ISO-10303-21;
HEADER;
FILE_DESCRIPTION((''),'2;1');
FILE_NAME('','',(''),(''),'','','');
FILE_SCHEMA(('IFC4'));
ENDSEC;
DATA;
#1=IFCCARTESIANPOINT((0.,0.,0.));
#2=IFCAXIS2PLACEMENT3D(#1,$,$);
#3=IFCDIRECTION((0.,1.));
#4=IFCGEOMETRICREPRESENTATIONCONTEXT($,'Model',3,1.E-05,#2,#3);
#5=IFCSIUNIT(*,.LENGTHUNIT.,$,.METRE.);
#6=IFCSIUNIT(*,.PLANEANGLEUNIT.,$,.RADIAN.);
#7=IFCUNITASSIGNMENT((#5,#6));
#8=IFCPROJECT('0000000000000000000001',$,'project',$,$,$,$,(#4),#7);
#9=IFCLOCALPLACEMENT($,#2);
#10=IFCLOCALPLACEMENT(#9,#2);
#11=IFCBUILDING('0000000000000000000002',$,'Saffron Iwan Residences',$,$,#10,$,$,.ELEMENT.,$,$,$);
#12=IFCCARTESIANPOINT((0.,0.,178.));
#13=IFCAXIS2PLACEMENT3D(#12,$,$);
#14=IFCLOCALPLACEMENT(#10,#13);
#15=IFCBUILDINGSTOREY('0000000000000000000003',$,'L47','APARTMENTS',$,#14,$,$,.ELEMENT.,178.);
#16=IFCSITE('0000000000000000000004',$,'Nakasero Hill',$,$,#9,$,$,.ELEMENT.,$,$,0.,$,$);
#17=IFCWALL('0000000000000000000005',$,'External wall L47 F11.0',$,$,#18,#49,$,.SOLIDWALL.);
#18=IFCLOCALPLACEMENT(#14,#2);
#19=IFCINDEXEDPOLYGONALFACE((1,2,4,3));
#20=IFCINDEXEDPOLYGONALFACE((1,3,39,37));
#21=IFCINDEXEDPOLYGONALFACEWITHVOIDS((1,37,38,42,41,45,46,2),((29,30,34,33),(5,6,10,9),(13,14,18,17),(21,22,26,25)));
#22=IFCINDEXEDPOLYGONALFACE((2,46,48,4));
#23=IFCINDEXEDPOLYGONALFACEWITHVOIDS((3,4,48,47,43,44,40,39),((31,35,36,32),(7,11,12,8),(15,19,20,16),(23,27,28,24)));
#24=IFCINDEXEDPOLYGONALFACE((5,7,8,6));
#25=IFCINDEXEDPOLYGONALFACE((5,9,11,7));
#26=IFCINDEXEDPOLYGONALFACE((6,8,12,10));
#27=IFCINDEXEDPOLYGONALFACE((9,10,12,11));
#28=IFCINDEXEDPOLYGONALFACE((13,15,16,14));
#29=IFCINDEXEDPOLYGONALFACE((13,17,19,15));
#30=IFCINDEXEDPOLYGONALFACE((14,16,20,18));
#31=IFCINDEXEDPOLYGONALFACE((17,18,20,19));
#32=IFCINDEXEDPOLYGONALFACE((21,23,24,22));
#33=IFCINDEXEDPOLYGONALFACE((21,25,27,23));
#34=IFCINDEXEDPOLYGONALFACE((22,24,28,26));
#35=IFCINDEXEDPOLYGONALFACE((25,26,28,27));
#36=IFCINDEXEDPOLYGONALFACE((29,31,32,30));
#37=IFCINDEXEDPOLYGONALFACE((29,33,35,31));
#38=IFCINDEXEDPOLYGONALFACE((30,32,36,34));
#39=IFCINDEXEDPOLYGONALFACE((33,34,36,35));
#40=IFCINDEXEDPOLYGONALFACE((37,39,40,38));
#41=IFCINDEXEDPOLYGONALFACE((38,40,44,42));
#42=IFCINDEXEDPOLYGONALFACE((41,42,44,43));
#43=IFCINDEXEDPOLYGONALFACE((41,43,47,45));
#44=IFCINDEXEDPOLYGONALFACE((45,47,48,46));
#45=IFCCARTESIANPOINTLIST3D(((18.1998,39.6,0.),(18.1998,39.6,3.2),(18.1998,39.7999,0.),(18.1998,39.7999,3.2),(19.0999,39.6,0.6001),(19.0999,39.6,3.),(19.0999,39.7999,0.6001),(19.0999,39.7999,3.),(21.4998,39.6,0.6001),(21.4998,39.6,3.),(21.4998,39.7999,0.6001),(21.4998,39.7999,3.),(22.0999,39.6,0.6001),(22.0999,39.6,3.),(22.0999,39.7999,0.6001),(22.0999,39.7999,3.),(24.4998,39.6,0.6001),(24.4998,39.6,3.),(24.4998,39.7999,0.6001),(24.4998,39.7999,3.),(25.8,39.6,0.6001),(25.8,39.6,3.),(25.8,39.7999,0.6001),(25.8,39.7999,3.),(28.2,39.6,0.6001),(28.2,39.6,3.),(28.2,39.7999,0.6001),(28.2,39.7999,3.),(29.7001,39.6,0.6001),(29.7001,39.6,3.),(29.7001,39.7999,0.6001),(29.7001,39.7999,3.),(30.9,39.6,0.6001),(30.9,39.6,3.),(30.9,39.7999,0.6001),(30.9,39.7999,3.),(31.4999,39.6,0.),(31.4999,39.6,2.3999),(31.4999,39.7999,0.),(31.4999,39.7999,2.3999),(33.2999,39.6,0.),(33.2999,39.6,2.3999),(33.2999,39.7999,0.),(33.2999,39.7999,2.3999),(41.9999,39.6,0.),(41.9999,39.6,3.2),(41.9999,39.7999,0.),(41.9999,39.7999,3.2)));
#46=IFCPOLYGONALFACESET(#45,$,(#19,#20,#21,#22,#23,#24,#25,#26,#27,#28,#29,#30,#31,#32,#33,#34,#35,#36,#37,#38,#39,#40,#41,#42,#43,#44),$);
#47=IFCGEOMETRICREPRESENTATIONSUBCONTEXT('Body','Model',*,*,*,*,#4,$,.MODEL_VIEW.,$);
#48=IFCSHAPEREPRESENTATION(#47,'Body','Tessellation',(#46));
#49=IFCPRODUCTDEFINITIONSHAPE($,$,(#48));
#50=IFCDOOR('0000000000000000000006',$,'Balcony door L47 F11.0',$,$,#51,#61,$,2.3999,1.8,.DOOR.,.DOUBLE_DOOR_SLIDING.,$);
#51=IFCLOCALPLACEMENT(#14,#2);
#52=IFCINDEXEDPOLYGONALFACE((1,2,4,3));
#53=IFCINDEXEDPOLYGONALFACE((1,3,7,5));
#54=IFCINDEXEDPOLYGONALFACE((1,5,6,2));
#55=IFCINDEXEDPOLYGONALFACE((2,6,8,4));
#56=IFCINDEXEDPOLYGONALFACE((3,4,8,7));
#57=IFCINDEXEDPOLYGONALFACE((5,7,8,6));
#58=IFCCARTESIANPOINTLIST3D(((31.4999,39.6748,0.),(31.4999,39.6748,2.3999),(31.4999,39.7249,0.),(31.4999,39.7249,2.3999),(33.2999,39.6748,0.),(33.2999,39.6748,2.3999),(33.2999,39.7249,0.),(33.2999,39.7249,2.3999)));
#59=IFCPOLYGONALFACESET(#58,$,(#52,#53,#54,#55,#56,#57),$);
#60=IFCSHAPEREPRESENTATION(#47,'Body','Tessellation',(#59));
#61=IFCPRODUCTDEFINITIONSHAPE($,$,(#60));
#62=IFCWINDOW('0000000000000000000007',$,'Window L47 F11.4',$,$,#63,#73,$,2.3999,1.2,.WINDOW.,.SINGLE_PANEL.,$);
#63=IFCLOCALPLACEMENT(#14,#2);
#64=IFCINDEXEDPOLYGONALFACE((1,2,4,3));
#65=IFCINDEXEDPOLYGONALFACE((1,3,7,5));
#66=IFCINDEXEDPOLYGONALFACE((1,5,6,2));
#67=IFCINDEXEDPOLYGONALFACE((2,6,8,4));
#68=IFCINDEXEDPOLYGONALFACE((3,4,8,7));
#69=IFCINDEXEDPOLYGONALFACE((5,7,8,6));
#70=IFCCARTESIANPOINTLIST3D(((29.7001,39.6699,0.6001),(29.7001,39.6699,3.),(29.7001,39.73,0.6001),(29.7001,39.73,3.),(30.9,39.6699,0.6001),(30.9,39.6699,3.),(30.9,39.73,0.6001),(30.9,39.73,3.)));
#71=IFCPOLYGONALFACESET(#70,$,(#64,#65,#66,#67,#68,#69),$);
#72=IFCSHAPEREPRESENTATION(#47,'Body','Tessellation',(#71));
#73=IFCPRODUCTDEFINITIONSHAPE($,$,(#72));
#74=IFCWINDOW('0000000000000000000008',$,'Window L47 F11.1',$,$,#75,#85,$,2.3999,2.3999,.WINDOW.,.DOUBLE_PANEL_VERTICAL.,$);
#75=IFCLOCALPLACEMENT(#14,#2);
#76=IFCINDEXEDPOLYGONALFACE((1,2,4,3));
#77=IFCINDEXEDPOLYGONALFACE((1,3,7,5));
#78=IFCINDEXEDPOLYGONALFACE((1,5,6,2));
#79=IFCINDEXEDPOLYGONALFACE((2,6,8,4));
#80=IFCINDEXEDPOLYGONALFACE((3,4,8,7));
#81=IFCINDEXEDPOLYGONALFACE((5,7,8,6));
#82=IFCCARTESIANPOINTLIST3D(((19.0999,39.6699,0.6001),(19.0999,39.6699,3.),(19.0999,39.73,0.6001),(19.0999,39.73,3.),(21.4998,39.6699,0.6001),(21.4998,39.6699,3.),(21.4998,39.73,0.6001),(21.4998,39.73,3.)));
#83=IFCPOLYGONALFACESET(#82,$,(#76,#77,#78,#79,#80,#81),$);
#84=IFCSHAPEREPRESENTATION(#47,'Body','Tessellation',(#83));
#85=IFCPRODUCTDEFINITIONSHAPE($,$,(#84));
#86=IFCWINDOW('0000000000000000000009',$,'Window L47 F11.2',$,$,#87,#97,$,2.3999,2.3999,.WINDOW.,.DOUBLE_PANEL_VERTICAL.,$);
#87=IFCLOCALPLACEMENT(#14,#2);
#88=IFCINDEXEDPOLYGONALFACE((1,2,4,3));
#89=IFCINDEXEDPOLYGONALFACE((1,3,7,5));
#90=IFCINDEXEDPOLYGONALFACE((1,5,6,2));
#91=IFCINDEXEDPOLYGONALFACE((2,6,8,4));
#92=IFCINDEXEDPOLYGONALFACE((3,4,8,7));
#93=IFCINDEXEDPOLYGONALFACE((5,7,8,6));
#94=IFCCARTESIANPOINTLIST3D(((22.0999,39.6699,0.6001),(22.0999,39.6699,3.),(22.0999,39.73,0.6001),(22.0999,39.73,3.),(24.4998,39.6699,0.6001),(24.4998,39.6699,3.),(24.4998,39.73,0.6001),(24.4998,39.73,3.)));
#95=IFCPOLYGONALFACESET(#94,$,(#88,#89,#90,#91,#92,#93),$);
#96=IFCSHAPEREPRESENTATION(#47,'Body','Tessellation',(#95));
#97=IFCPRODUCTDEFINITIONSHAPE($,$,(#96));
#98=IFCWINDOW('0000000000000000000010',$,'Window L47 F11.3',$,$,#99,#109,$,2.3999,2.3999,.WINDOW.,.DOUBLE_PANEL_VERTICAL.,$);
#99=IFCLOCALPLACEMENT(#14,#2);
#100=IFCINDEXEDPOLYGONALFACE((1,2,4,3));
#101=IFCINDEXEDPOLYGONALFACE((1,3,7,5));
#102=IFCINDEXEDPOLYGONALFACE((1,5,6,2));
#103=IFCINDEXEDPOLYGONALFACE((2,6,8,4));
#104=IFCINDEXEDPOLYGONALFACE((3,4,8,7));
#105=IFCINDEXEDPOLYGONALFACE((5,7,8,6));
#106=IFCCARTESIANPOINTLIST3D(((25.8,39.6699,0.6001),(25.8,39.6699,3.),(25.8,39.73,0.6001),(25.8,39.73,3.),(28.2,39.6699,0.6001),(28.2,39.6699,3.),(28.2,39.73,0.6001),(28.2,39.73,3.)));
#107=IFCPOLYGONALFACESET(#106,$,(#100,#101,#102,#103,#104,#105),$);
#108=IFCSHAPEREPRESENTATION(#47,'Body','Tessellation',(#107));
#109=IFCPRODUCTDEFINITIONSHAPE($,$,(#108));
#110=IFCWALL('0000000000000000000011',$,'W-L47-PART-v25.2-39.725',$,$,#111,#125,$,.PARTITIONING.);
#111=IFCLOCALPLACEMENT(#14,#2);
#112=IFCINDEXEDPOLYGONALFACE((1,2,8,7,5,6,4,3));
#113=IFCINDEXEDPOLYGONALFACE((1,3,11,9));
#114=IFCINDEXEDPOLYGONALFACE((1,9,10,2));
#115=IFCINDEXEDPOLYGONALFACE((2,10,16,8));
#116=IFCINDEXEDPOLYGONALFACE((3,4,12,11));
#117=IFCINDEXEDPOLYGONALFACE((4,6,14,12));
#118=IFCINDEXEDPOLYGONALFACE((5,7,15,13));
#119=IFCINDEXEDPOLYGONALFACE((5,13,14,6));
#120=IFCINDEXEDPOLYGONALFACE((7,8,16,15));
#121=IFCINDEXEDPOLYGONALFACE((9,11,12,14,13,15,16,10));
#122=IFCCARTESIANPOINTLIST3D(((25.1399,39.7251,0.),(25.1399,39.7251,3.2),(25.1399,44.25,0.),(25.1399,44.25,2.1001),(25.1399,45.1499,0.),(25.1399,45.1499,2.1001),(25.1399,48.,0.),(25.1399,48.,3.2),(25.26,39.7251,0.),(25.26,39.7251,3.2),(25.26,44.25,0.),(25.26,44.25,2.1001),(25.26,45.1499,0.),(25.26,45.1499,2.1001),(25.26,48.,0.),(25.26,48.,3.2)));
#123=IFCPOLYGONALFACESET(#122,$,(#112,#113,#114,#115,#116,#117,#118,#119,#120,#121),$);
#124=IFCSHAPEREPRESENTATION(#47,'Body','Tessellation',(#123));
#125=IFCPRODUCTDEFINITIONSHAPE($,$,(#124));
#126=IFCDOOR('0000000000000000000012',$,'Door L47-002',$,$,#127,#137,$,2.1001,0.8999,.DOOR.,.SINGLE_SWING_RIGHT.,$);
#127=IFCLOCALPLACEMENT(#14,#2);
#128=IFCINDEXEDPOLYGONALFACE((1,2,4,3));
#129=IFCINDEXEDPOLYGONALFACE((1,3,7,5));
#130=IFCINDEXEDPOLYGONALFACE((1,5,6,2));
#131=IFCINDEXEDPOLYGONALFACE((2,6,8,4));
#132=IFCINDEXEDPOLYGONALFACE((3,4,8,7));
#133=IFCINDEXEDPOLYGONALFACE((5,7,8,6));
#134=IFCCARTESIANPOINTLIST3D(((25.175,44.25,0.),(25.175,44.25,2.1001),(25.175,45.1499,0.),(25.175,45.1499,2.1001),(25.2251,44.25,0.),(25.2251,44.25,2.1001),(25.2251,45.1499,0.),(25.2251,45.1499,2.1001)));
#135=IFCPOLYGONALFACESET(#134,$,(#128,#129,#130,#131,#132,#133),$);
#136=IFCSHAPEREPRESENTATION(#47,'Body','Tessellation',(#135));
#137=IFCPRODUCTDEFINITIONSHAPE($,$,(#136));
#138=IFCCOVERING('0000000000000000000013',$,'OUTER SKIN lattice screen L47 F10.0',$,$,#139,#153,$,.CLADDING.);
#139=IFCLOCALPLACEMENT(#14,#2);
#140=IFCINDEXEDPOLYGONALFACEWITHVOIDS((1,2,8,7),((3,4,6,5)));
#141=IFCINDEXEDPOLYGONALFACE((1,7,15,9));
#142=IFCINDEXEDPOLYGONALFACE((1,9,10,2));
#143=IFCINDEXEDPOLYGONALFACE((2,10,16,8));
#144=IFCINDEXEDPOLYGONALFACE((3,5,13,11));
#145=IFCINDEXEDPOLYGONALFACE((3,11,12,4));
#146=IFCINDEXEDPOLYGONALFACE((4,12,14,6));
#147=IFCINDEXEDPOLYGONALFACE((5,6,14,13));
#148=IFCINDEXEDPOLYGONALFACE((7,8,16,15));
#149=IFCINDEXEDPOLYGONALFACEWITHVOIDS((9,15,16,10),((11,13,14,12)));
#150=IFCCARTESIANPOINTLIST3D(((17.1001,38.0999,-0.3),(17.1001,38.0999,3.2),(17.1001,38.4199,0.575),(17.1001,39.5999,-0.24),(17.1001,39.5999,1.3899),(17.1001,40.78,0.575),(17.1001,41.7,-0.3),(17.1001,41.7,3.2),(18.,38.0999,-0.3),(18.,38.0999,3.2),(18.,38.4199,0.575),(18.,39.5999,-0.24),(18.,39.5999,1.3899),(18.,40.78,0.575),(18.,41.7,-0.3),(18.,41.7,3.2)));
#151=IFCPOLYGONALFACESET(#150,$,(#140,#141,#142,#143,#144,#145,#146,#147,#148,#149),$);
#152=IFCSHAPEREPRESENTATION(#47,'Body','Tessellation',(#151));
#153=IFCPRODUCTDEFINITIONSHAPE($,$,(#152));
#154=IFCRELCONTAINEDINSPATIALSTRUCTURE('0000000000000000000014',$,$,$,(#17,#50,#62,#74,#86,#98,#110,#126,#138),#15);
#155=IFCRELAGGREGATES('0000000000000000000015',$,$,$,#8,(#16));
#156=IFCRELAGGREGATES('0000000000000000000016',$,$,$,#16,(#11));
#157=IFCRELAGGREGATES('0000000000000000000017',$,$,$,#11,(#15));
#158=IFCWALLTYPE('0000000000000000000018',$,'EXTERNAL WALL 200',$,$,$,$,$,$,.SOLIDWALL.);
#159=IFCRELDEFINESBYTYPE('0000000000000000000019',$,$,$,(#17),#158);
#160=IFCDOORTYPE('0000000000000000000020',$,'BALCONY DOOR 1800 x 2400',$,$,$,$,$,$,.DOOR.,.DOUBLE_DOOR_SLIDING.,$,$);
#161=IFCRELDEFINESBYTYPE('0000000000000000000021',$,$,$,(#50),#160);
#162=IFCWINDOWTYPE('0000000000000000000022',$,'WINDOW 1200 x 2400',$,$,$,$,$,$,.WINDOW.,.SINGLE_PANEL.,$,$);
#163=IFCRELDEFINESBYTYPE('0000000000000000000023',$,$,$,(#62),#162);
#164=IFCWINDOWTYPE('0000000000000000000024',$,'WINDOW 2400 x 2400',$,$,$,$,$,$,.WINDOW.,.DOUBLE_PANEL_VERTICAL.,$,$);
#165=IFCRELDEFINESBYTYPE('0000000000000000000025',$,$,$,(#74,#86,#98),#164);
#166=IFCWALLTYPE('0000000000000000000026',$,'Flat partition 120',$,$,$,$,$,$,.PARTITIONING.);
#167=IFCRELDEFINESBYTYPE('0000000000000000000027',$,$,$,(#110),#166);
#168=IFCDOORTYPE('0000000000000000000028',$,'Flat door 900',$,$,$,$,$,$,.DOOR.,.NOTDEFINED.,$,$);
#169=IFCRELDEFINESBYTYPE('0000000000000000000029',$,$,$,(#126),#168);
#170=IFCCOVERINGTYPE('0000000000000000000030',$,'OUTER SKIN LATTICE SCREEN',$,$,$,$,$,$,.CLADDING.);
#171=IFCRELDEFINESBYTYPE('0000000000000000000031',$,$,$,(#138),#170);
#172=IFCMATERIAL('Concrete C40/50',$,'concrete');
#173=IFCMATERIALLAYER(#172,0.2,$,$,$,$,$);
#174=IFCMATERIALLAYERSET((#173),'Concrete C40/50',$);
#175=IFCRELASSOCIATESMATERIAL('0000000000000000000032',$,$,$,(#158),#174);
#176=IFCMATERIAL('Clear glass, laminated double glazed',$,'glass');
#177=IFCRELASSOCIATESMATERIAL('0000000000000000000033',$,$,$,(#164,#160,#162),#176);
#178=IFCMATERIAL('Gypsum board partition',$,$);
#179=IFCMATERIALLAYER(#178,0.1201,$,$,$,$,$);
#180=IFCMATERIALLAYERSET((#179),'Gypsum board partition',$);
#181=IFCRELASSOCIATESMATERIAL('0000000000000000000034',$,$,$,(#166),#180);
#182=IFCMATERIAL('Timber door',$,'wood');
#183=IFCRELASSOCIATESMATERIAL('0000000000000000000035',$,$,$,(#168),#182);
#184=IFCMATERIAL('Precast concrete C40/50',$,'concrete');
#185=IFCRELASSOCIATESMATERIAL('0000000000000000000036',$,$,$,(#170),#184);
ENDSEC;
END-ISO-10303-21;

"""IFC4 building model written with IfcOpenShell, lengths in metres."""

from ifc_helpers import new_model, si_unit, direction, frame, frame_2d, origin, place, context, subcontext, project, spatial, polyline, rectangle, outline, extrude, material, layer, layer_set, type_object, element, fill, save


model = new_model("IFC4")

# Units and contexts
model_context = context("Model", 3, precision=1e-05, world=origin(), true_north=direction((0.0, 1.0)))
body_context = subcontext(model_context, "Body", "Model", "MODEL_VIEW")
ifc_project = project(units=[si_unit("LENGTHUNIT", "METRE"), si_unit("PLANEANGLEUNIT", "RADIAN")], contexts=[model_context])

# Site, building, storey
site_placement = place(None, origin())
site = spatial("IfcSite", under=ifc_project, at=site_placement, Name="Nakasero Hill", CompositionType="ELEMENT", RefElevation=0.0)
building_placement = place(site_placement, origin())
building = spatial("IfcBuilding", under=site, at=building_placement, Name="Saffron Iwan Residences", CompositionType="ELEMENT")
storey_placement = place(building_placement, frame((0.0, 0.0, 178.0)))
storey = spatial("IfcBuildingStorey", under=building, at=storey_placement, Name="L47", Description="APARTMENTS", CompositionType="ELEMENT", Elevation=178.0)

# Shared definitions
ifc_material_1 = material(Name="Concrete C40/50", Category="concrete")
ifc_layer_1 = layer(ifc_material_1, 0.2)
ifc_layer_set_1 = layer_set([ifc_layer_1], Name="Concrete C40/50")
wall_type_1 = type_object("IfcWallType", Name="EXTERNAL WALL 200", PredefinedType="SOLIDWALL", material=ifc_layer_set_1)
ifc_material_2 = material(Name="Clear glass, laminated double glazed", Category="glass")
window_type_1 = type_object("IfcWindowType", Name="WINDOW 2400 x 2400", PartitioningType="DOUBLE_PANEL_VERTICAL", PredefinedType="WINDOW", material=ifc_material_2)

# Wall, openings, door, windows
wall_1_placement = place(storey_placement, frame((18.2, 39.7, 0.0), z_axis=(0.0, 0.0, 1.0), x_axis=(1.0, 0.0, 0.0)))
wall_1 = element("IfcWall", 1, at=wall_1_placement, inside=storey, type_object=wall_type_1, Name="External wall L47 F11.0", PredefinedType="SOLIDWALL", context=body_context, shape_type="SweptSolid", body=[
    extrude(rectangle(XDim=23.8, YDim=0.2, at=frame_2d((11.8999, 0.0))), origin(), (0.0, 0.0, 1.0), 3.2),
])
opening_1_placement = place(wall_1_placement, frame((13.3, 0.0, 0.0)))
opening_1 = element("IfcOpeningElement", 2, at=opening_1_placement, cuts=wall_1, PredefinedType="OPENING", context=body_context, shape_type="SweptSolid", body=[
    extrude(rectangle(XDim=1.8, YDim=2.3999, at=frame_2d((0.8999, 1.2))), frame((0.0, 0.1099, 0.0), z_axis=(0.0, -1.0, 0.0), x_axis=(1.0, 0.0, 0.0)), (0.0, 0.0, 1.0), 0.22),
])
opening_2_placement = place(wall_1_placement, frame((0.8999, 0.0, 0.6001)))
opening_2 = element("IfcOpeningElement", 3, at=opening_2_placement, cuts=wall_1, PredefinedType="OPENING", context=body_context, shape_type="SweptSolid", body=[
    extrude(rectangle(XDim=2.3999, YDim=2.3999, at=frame_2d((1.2, 1.2))), frame((0.0, 0.1099, 0.0), z_axis=(0.0, -1.0, 0.0), x_axis=(1.0, 0.0, 0.0)), (0.0, 0.0, 1.0), 0.22),
])
opening_3_placement = place(wall_1_placement, frame((3.8999, 0.0, 0.6001)))
opening_3 = element("IfcOpeningElement", 4, at=opening_3_placement, cuts=wall_1, PredefinedType="OPENING", context=body_context, shape_type="SweptSolid", body=[
    extrude(rectangle(XDim=2.3999, YDim=2.3999, at=frame_2d((1.2, 1.2))), frame((0.0, 0.1099, 0.0), z_axis=(0.0, -1.0, 0.0), x_axis=(1.0, 0.0, 0.0)), (0.0, 0.0, 1.0), 0.22),
])
opening_4_placement = place(wall_1_placement, frame((7.6001, 0.0, 0.6001)))
opening_4 = element("IfcOpeningElement", 5, at=opening_4_placement, cuts=wall_1, PredefinedType="OPENING", context=body_context, shape_type="SweptSolid", body=[
    extrude(rectangle(XDim=2.3999, YDim=2.3999, at=frame_2d((1.2, 1.2))), frame((0.0, 0.1099, 0.0), z_axis=(0.0, -1.0, 0.0), x_axis=(1.0, 0.0, 0.0)), (0.0, 0.0, 1.0), 0.22),
])
opening_5_placement = place(wall_1_placement, frame((11.5, 0.0, 0.6001)))
opening_5 = element("IfcOpeningElement", 6, at=opening_5_placement, cuts=wall_1, PredefinedType="OPENING", context=body_context, shape_type="SweptSolid", body=[
    extrude(rectangle(XDim=1.2, YDim=2.3999, at=frame_2d((0.6001, 1.2))), frame((0.0, 0.1099, 0.0), z_axis=(0.0, -1.0, 0.0), x_axis=(1.0, 0.0, 0.0)), (0.0, 0.0, 1.0), 0.22),
])
door_type_1 = type_object("IfcDoorType", Name="BALCONY DOOR 1800 x 2400", OperationType="DOUBLE_DOOR_SLIDING", PredefinedType="DOOR", material=ifc_material_2)
door_1_placement = place(opening_1_placement, origin())
door_1 = element("IfcDoor", 7, at=door_1_placement, inside=storey, type_object=door_type_1, Name="Balcony door L47 F11.0", OperationType="DOUBLE_DOOR_SLIDING", OverallHeight=2.3999, OverallWidth=1.8, PredefinedType="DOOR", context=body_context, shape_type="SweptSolid", body=[
    extrude(rectangle(XDim=1.8, YDim=2.3999, at=frame_2d((0.8999, 1.2))), frame((0.0, 0.0249, 0.0), z_axis=(0.0, -1.0, 0.0), x_axis=(1.0, 0.0, 0.0)), (0.0, 0.0, 1.0), 0.05),
])
fill(opening_1, door_1)
window_type_2 = type_object("IfcWindowType", Name="WINDOW 1200 x 2400", PartitioningType="SINGLE_PANEL", PredefinedType="WINDOW", material=ifc_material_2)
window_1_placement = place(opening_5_placement, origin())
window_1 = element("IfcWindow", 8, at=window_1_placement, inside=storey, type_object=window_type_2, Name="Window L47 F11.4", OverallHeight=2.3999, OverallWidth=1.2, PartitioningType="SINGLE_PANEL", PredefinedType="WINDOW", context=body_context, shape_type="SweptSolid", body=[
    extrude(rectangle(XDim=1.2, YDim=2.3999, at=frame_2d((0.6001, 1.2))), frame((0.0, 0.03, 0.0), z_axis=(0.0, -1.0, 0.0), x_axis=(1.0, 0.0, 0.0)), (0.0, 0.0, 1.0), 0.0601),
])
fill(opening_5, window_1)
window_2_placement = place(opening_2_placement, origin())
window_2 = element("IfcWindow", 9, at=window_2_placement, inside=storey, type_object=window_type_1, Name="Window L47 F11.1", OverallHeight=2.3999, OverallWidth=2.3999, PartitioningType="DOUBLE_PANEL_VERTICAL", PredefinedType="WINDOW", context=body_context, shape_type="SweptSolid", body=[
    extrude(rectangle(XDim=2.3999, YDim=2.3999, at=frame_2d((1.2, 1.2))), frame((0.0, 0.03, 0.0), z_axis=(0.0, -1.0, 0.0), x_axis=(1.0, 0.0, 0.0)), (0.0, 0.0, 1.0), 0.0601),
])
fill(opening_2, window_2)
window_3_placement = place(opening_3_placement, origin())
window_3 = element("IfcWindow", 10, at=window_3_placement, inside=storey, type_object=window_type_1, Name="Window L47 F11.2", OverallHeight=2.3999, OverallWidth=2.3999, PartitioningType="DOUBLE_PANEL_VERTICAL", PredefinedType="WINDOW", context=body_context, shape_type="SweptSolid", body=[
    extrude(rectangle(XDim=2.3999, YDim=2.3999, at=frame_2d((1.2, 1.2))), frame((0.0, 0.03, 0.0), z_axis=(0.0, -1.0, 0.0), x_axis=(1.0, 0.0, 0.0)), (0.0, 0.0, 1.0), 0.0601),
])
fill(opening_3, window_3)
window_4_placement = place(opening_4_placement, origin())
window_4 = element("IfcWindow", 11, at=window_4_placement, inside=storey, type_object=window_type_1, Name="Window L47 F11.3", OverallHeight=2.3999, OverallWidth=2.3999, PartitioningType="DOUBLE_PANEL_VERTICAL", PredefinedType="WINDOW", context=body_context, shape_type="SweptSolid", body=[
    extrude(rectangle(XDim=2.3999, YDim=2.3999, at=frame_2d((1.2, 1.2))), frame((0.0, 0.03, 0.0), z_axis=(0.0, -1.0, 0.0), x_axis=(1.0, 0.0, 0.0)), (0.0, 0.0, 1.0), 0.0601),
])
fill(opening_4, window_4)

# Wall, opening, door
ifc_material_3 = material(Name="Gypsum board partition")
ifc_layer_2 = layer(ifc_material_3, 0.1201)
ifc_layer_set_2 = layer_set([ifc_layer_2], Name="Gypsum board partition")
wall_type_2 = type_object("IfcWallType", Name="Flat partition 120", PredefinedType="PARTITIONING", material=ifc_layer_set_2)
wall_2_placement = place(storey_placement, frame((25.2, 39.7251, 0.0), z_axis=(0.0, 0.0, 1.0), x_axis=(0.0, 1.0, 0.0)))
wall_2 = element("IfcWall", 12, at=wall_2_placement, inside=storey, type_object=wall_type_2, Name="W-L47-PART-v25.2-39.725", PredefinedType="PARTITIONING", context=body_context, shape_type="SweptSolid", body=[
    extrude(rectangle(XDim=8.2749, YDim=0.1201, at=frame_2d((4.1375, 0.0))), origin(), (0.0, 0.0, 1.0), 3.2),
])
opening_6_placement = place(wall_2_placement, frame((4.5249, 0.0, 0.0)))
opening_6 = element("IfcOpeningElement", 13, at=opening_6_placement, cuts=wall_2, PredefinedType="OPENING", context=body_context, shape_type="SweptSolid", body=[
    extrude(rectangle(XDim=0.8999, YDim=2.1001, at=frame_2d((0.45, 1.05))), frame((0.0, 0.0701, 0.0), z_axis=(0.0, -1.0, 0.0), x_axis=(1.0, 0.0, 0.0)), (0.0, 0.0, 1.0), 0.1401),
])
ifc_material_4 = material(Name="Timber door", Category="wood")
door_type_2 = type_object("IfcDoorType", Name="Flat door 900", OperationType="NOTDEFINED", PredefinedType="DOOR", material=ifc_material_4)
door_2_placement = place(opening_6_placement, origin())
door_2 = element("IfcDoor", 14, at=door_2_placement, inside=storey, type_object=door_type_2, Name="Door L47-002", OperationType="SINGLE_SWING_RIGHT", OverallHeight=2.1001, OverallWidth=0.8999, PredefinedType="DOOR", context=body_context, shape_type="SweptSolid", body=[
    extrude(rectangle(XDim=0.8999, YDim=2.1001, at=frame_2d((0.45, 1.05))), frame((0.0, 0.0249, 0.0), z_axis=(0.0, -1.0, 0.0), x_axis=(1.0, 0.0, 0.0)), (0.0, 0.0, 1.0), 0.05),
])
fill(opening_6, door_2)

# Covering
ifc_material_5 = material(Name="Precast concrete C40/50", Category="concrete")
covering_type_1 = type_object("IfcCoveringType", Name="OUTER SKIN LATTICE SCREEN", PredefinedType="CLADDING", material=ifc_material_5)
covering_1_placement = place(storey_placement, frame((18.0, 41.7, -0.3), z_axis=(-1.0, 0.0, 0.0), x_axis=(0.0, -1.0, 0.0)))
element("IfcCovering", 15, at=covering_1_placement, inside=storey, type_object=covering_type_1, Name="OUTER SKIN lattice screen L47 F10.0", PredefinedType="CLADDING", context=body_context, shape_type="SweptSolid", body=[
    extrude(outline(polyline([(0.0, 0.0), (3.6001, 0.0), (3.6001, 3.5), (0.0, 3.5), (0.0, 0.0)]), holes=[polyline([(0.9199, 0.875), (2.1001, 0.0601), (3.28, 0.875), (2.1001, 1.6899), (0.9199, 0.875)])]), origin(), (0.0, 0.0, 1.0), 0.8999),
])

save(model, "model.ifc")
